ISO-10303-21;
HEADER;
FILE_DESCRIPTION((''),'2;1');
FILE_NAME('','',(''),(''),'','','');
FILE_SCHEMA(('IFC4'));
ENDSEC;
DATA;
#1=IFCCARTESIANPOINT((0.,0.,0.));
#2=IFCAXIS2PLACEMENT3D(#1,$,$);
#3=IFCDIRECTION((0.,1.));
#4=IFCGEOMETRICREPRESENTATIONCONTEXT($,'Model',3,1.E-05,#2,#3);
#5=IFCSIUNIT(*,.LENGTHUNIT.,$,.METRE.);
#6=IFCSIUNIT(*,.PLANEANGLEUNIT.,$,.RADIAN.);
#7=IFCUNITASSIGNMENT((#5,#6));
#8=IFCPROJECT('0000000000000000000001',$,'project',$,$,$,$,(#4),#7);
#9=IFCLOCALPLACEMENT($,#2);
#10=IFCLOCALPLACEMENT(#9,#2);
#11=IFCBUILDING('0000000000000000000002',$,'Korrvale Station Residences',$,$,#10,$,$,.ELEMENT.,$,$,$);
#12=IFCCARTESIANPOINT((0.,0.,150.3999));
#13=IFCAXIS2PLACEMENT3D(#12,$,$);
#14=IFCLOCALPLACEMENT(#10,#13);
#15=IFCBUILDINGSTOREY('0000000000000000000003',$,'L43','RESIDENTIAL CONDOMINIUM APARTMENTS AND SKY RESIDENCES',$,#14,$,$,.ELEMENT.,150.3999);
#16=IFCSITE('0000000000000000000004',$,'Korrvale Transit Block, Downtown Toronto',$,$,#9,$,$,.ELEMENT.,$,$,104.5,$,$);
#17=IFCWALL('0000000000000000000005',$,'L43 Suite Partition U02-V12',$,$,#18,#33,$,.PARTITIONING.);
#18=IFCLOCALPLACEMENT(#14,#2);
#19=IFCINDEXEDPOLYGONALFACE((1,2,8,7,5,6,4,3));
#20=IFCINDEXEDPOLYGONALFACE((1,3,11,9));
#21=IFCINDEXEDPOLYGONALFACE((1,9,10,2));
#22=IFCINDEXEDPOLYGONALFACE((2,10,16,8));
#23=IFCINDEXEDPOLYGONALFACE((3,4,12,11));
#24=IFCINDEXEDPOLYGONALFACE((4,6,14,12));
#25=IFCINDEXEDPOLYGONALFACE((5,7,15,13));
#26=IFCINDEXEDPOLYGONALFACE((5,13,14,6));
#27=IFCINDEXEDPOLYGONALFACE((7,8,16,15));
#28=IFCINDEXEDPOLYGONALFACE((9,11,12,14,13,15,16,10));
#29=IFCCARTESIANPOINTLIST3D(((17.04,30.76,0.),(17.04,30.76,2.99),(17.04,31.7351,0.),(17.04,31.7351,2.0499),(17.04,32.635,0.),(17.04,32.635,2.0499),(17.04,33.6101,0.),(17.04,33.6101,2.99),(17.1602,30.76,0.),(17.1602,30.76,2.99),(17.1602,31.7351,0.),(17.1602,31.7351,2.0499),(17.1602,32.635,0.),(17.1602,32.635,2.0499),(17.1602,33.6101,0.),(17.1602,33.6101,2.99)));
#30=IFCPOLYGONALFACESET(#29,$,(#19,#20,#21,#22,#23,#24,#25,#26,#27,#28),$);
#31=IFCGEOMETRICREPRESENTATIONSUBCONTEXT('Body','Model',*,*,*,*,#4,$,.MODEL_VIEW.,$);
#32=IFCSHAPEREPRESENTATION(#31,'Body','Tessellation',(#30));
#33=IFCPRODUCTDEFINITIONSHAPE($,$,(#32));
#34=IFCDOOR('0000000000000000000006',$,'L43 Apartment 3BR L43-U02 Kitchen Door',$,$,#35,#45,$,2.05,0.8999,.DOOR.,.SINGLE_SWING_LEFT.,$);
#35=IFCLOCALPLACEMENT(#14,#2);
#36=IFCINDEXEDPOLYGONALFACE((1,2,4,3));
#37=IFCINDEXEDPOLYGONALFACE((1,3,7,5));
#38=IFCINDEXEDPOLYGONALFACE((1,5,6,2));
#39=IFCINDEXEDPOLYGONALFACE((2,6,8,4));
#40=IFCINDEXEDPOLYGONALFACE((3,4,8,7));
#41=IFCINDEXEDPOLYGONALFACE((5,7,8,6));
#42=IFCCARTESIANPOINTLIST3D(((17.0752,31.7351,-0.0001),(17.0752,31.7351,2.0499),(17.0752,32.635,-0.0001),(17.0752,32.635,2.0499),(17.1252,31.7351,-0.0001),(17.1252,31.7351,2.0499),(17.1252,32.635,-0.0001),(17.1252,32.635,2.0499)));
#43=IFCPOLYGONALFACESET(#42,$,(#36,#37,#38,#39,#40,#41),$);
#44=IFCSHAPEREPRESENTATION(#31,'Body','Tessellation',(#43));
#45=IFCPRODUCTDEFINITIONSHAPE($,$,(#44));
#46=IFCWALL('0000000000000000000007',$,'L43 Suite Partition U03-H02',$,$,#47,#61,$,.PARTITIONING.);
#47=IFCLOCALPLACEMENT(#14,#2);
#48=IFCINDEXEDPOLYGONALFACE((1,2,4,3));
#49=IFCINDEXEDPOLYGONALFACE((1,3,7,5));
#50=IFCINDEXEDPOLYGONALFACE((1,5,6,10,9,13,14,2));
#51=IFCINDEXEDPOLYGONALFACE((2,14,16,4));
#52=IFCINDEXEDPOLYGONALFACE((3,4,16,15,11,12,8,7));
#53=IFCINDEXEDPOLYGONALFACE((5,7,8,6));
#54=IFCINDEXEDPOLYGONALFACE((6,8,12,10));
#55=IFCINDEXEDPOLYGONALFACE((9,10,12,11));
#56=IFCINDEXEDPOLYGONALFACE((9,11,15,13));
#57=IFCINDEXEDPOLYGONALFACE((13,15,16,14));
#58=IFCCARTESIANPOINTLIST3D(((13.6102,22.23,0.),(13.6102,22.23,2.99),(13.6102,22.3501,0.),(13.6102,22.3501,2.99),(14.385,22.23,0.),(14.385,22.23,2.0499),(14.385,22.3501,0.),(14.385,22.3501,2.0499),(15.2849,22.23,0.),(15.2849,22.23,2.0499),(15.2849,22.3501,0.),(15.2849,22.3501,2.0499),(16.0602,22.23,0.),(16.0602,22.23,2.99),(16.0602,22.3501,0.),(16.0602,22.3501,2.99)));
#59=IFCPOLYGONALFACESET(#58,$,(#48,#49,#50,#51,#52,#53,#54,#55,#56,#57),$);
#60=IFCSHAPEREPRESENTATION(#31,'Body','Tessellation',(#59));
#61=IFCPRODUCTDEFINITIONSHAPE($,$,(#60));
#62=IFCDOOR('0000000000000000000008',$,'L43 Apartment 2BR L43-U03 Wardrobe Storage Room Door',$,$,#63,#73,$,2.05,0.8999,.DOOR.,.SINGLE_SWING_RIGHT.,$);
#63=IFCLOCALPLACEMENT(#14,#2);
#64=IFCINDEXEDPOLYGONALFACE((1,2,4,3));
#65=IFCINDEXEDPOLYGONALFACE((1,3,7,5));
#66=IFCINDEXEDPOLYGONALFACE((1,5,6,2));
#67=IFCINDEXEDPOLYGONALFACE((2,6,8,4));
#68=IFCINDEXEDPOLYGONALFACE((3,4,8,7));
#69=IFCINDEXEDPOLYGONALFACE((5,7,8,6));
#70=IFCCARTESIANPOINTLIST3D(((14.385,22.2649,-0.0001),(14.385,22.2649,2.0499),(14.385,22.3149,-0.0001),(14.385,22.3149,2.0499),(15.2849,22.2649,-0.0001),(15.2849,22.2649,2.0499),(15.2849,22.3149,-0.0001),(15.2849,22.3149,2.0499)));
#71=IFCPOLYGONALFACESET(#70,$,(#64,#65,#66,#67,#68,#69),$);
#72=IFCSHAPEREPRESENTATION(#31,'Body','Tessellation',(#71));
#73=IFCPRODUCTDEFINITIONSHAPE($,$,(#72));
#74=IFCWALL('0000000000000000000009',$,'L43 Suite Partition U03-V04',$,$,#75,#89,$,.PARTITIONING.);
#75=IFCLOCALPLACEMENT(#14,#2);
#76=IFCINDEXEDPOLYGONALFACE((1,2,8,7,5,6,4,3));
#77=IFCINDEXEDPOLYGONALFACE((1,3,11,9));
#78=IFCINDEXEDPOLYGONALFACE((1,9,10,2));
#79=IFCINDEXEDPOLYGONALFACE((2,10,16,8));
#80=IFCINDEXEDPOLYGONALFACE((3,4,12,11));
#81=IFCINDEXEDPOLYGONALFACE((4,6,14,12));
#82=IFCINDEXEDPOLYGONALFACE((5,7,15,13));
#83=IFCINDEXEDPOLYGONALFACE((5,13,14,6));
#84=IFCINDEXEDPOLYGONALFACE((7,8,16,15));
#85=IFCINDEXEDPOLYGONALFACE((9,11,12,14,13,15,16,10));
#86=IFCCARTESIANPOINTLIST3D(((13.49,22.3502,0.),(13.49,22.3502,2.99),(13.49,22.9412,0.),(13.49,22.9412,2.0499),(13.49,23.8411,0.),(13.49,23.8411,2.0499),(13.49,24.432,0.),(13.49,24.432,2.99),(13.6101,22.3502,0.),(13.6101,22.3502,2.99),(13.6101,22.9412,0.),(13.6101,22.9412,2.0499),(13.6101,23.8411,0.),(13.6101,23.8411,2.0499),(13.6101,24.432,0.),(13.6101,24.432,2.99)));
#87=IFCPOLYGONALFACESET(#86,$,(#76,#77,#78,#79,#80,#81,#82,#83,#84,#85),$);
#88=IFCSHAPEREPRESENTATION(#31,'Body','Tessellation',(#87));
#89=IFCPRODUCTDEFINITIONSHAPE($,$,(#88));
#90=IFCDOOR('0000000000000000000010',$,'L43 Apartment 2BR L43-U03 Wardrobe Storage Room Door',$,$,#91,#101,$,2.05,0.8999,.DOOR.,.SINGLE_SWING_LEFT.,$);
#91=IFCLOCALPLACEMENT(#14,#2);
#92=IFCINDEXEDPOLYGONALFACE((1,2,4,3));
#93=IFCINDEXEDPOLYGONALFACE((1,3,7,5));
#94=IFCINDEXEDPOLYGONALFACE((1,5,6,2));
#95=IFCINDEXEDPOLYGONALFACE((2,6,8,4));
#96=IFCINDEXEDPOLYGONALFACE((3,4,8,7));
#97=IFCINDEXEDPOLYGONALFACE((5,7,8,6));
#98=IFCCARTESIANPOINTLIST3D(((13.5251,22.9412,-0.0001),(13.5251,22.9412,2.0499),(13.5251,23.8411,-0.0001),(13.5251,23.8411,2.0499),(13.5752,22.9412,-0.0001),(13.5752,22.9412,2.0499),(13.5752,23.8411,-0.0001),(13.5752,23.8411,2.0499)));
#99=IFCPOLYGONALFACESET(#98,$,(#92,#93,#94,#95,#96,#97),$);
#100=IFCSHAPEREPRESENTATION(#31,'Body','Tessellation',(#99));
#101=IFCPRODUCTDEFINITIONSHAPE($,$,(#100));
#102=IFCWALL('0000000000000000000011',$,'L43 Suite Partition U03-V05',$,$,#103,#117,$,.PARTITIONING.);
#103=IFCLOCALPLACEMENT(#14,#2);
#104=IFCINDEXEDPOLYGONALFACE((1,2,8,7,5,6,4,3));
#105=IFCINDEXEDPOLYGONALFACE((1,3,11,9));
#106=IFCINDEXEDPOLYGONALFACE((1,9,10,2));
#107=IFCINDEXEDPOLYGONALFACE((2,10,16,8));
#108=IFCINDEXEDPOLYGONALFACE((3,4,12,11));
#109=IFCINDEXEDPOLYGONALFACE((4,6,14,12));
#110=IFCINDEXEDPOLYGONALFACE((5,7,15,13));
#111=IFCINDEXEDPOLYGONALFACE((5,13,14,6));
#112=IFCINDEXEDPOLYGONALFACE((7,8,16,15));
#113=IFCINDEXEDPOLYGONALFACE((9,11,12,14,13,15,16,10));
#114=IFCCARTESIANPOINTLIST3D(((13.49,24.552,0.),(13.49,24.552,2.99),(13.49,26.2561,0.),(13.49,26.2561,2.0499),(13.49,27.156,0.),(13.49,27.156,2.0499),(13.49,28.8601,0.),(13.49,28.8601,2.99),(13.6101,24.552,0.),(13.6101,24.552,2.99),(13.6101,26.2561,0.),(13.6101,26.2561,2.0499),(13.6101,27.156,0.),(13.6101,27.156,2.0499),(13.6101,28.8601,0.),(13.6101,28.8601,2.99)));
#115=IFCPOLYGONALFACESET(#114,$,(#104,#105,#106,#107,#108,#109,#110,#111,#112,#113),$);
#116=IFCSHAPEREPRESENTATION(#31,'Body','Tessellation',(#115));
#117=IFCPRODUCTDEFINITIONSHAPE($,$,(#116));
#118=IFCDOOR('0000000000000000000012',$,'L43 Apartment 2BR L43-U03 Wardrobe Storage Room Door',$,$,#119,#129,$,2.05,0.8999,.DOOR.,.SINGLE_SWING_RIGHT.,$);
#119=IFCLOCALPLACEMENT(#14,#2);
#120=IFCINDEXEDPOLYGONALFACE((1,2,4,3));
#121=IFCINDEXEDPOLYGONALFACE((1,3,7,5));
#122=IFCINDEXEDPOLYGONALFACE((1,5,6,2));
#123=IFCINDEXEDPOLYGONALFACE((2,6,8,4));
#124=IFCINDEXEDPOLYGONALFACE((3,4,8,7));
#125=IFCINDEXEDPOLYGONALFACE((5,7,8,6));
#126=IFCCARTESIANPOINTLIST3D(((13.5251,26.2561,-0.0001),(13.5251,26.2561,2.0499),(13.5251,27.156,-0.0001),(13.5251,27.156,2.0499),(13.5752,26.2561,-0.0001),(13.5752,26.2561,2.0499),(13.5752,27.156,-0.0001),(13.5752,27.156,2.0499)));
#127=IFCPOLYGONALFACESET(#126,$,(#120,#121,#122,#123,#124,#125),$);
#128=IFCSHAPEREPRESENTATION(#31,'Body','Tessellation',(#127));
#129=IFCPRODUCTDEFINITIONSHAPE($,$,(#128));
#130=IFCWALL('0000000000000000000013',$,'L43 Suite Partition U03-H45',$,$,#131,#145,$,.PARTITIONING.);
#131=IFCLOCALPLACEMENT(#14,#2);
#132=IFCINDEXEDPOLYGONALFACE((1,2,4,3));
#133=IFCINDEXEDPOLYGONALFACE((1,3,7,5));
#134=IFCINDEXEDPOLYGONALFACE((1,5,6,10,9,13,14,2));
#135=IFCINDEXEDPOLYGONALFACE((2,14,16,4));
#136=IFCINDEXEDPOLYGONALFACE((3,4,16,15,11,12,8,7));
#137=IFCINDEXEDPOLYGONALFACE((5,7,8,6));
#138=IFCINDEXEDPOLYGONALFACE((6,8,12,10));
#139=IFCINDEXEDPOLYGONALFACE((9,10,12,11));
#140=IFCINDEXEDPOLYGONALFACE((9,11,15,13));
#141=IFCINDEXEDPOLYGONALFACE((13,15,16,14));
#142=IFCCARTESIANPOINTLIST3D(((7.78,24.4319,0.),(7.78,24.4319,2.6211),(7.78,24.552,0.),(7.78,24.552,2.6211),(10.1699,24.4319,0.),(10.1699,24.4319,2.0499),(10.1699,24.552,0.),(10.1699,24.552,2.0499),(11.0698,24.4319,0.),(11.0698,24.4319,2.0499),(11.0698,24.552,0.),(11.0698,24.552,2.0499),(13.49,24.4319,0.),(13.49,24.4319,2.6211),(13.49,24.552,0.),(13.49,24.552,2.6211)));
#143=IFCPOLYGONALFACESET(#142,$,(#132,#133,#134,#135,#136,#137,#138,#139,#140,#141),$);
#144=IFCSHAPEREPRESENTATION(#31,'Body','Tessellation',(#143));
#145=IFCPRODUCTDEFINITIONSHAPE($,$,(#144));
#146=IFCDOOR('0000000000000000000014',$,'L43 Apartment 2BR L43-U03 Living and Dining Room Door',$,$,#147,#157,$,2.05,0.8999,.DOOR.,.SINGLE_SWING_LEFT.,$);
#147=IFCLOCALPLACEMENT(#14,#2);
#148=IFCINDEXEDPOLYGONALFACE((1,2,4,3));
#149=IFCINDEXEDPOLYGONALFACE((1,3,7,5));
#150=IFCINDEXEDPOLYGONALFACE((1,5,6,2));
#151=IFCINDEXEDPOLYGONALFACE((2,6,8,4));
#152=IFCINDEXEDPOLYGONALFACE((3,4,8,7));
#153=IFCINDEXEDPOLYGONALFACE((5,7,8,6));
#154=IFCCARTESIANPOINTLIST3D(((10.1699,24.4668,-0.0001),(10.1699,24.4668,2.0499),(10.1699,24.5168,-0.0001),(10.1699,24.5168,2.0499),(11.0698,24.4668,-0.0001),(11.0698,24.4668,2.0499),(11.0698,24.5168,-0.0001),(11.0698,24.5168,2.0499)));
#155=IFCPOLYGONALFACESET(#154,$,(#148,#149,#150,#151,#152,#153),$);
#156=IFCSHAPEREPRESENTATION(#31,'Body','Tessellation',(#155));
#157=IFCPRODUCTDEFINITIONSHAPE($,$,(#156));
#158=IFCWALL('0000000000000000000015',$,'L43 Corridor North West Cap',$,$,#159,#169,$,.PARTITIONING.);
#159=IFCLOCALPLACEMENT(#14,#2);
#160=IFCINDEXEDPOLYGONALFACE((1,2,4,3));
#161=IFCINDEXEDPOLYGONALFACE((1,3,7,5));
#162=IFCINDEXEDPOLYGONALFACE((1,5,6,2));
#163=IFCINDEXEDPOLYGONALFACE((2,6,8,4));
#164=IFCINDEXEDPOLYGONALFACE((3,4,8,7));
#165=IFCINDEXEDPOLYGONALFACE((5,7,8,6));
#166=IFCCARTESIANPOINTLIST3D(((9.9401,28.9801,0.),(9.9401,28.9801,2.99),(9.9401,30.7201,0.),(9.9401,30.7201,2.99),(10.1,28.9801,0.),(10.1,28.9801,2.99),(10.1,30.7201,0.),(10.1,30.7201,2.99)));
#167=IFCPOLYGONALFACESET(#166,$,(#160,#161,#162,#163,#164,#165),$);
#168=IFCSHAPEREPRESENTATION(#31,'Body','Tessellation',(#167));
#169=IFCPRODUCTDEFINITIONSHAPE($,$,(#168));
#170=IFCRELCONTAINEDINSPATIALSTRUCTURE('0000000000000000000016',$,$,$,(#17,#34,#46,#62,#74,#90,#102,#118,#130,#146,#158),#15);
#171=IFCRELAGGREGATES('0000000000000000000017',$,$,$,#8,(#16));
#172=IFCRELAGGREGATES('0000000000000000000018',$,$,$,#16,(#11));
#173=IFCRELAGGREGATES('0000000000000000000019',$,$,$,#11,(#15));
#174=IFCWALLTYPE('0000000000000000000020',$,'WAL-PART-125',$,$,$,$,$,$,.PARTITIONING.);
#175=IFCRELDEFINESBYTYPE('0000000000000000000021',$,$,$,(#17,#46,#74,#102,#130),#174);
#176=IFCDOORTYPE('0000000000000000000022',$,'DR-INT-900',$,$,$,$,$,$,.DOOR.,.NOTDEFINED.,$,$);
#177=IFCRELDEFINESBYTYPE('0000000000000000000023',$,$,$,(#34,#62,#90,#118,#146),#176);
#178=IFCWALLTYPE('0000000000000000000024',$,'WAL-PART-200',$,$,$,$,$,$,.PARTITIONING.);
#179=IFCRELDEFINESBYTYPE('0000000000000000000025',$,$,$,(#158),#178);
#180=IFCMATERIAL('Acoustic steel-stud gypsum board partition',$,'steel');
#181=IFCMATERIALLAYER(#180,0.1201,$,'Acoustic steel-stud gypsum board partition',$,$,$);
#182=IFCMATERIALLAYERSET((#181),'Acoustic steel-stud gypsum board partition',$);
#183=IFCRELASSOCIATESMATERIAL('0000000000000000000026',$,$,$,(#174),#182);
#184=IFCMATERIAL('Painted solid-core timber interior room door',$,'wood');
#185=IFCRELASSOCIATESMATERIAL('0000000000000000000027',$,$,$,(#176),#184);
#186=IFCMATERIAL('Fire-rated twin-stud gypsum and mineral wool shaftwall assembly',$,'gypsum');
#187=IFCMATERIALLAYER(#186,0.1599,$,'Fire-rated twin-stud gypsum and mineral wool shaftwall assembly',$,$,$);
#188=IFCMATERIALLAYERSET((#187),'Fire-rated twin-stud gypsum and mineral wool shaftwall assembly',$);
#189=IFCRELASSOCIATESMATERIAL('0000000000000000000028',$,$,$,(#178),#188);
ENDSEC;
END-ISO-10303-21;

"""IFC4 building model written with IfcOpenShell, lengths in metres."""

from ifc_helpers import new_model, si_unit, direction, frame, frame_2d, origin, place, context, subcontext, project, spatial, rectangle, extrude, material, layer, layer_set, type_object, element, fill, save


model = new_model("IFC4")

# Units and contexts
model_context = context("Model", 3, precision=1e-05, world=origin(), true_north=direction((0.0, 1.0)))
body_context = subcontext(model_context, "Body", "Model", "MODEL_VIEW")
ifc_project = project(units=[si_unit("LENGTHUNIT", "METRE"), si_unit("PLANEANGLEUNIT", "RADIAN")], contexts=[model_context])

# Site, building, storey
site_placement = place(None, origin())
site = spatial("IfcSite", under=ifc_project, at=site_placement, Name="Korrvale Transit Block, Downtown Toronto", CompositionType="ELEMENT", RefElevation=104.5)
building_placement = place(site_placement, origin())
building = spatial("IfcBuilding", under=site, at=building_placement, Name="Korrvale Station Residences", CompositionType="ELEMENT")
storey_placement = place(building_placement, frame((0.0, 0.0, 150.3999)))
storey = spatial("IfcBuildingStorey", under=building, at=storey_placement, Name="L43", Description="RESIDENTIAL CONDOMINIUM APARTMENTS AND SKY RESIDENCES", CompositionType="ELEMENT", Elevation=150.3999)

# Walls, openings, doors
ifc_material_1 = material(Name="Acoustic steel-stud gypsum board partition", Category="steel")
ifc_layer_1 = layer(ifc_material_1, 0.1201, Name="Acoustic steel-stud gypsum board partition")
ifc_layer_set_1 = layer_set([ifc_layer_1], Name="Acoustic steel-stud gypsum board partition")
wall_type_1 = type_object("IfcWallType", Name="WAL-PART-125", PredefinedType="PARTITIONING", material=ifc_layer_set_1)
wall_1_placement = place(storey_placement, frame((17.1001, 30.76, 0.0), z_axis=(0.0, 0.0, 1.0), x_axis=(0.0, 1.0, 0.0)))
wall_1 = element("IfcWall", 1, at=wall_1_placement, inside=storey, type_object=wall_type_1, Name="L43 Suite Partition U02-V12", PredefinedType="PARTITIONING", context=body_context, shape_type="SweptSolid", body=[
    extrude(rectangle(XDim=2.8501, YDim=0.1201, at=frame_2d((1.425, 0.0))), origin(), (0.0, 0.0, 1.0), 2.99),
])
opening_1_placement = place(wall_1_placement, frame((0.9751, 0.0, 0.0)))
opening_1 = element("IfcOpeningElement", 2, at=opening_1_placement, cuts=wall_1, PredefinedType="OPENING", context=body_context, shape_type="SweptSolid", body=[
    extrude(rectangle(XDim=0.8999, YDim=2.05, at=frame_2d((0.45, 1.0249))), frame((0.0, 0.0701, 0.0), z_axis=(0.0, -1.0, 0.0), x_axis=(1.0, 0.0, 0.0)), (0.0, 0.0, 1.0), 0.1401),
])
ifc_material_2 = material(Name="Painted solid-core timber interior room door", Category="wood")
door_type_1 = type_object("IfcDoorType", Name="DR-INT-900", OperationType="NOTDEFINED", PredefinedType="DOOR", material=ifc_material_2)
door_1_placement = place(opening_1_placement, origin())
door_1 = element("IfcDoor", 3, at=door_1_placement, inside=storey, type_object=door_type_1, Name="L43 Apartment 3BR L43-U02 Kitchen Door", OperationType="SINGLE_SWING_LEFT", OverallHeight=2.05, OverallWidth=0.8999, PredefinedType="DOOR", context=body_context, shape_type="SweptSolid", body=[
    extrude(rectangle(XDim=0.8999, YDim=2.05, at=frame_2d((0.45, 1.0249))), frame((0.0, 0.0249, 0.0), z_axis=(0.0, -1.0, 0.0), x_axis=(1.0, 0.0, 0.0)), (0.0, 0.0, 1.0), 0.05),
])
fill(opening_1, door_1)
wall_2_placement = place(storey_placement, frame((13.6101, 22.29, 0.0), z_axis=(0.0, 0.0, 1.0), x_axis=(1.0, 0.0, 0.0)))
wall_2 = element("IfcWall", 4, at=wall_2_placement, inside=storey, type_object=wall_type_1, Name="L43 Suite Partition U03-H02", PredefinedType="PARTITIONING", context=body_context, shape_type="SweptSolid", body=[
    extrude(rectangle(XDim=2.45, YDim=0.1201, at=frame_2d((1.2251, 0.0))), origin(), (0.0, 0.0, 1.0), 2.99),
])
opening_2_placement = place(wall_2_placement, frame((0.7749, 0.0, 0.0)))
opening_2 = element("IfcOpeningElement", 5, at=opening_2_placement, cuts=wall_2, PredefinedType="OPENING", context=body_context, shape_type="SweptSolid", body=[
    extrude(rectangle(XDim=0.8999, YDim=2.05, at=frame_2d((0.45, 1.0249))), frame((0.0, 0.0701, 0.0), z_axis=(0.0, -1.0, 0.0), x_axis=(1.0, 0.0, 0.0)), (0.0, 0.0, 1.0), 0.1401),
])
door_2_placement = place(opening_2_placement, origin())
door_2 = element("IfcDoor", 6, at=door_2_placement, inside=storey, type_object=door_type_1, Name="L43 Apartment 2BR L43-U03 Wardrobe Storage Room Door", OperationType="SINGLE_SWING_RIGHT", OverallHeight=2.05, OverallWidth=0.8999, PredefinedType="DOOR", context=body_context, shape_type="SweptSolid", body=[
    extrude(rectangle(XDim=0.8999, YDim=2.05, at=frame_2d((0.45, 1.0249))), frame((0.0, 0.0249, 0.0), z_axis=(0.0, -1.0, 0.0), x_axis=(1.0, 0.0, 0.0)), (0.0, 0.0, 1.0), 0.05),
])
fill(opening_2, door_2)
wall_3_placement = place(storey_placement, frame((13.55, 22.3501, 0.0), z_axis=(0.0, 0.0, 1.0), x_axis=(0.0, 1.0, 0.0)))
wall_3 = element("IfcWall", 7, at=wall_3_placement, inside=storey, type_object=wall_type_1, Name="L43 Suite Partition U03-V04", PredefinedType="PARTITIONING", context=body_context, shape_type="SweptSolid", body=[
    extrude(rectangle(XDim=2.0818, YDim=0.1201, at=frame_2d((1.041, 0.0))), origin(), (0.0, 0.0, 1.0), 2.99),
])
opening_3_placement = place(wall_3_placement, frame((0.5911, 0.0, 0.0)))
opening_3 = element("IfcOpeningElement", 8, at=opening_3_placement, cuts=wall_3, PredefinedType="OPENING", context=body_context, shape_type="SweptSolid", body=[
    extrude(rectangle(XDim=0.8999, YDim=2.05, at=frame_2d((0.45, 1.0249))), frame((0.0, 0.0701, 0.0), z_axis=(0.0, -1.0, 0.0), x_axis=(1.0, 0.0, 0.0)), (0.0, 0.0, 1.0), 0.1401),
])
door_3_placement = place(opening_3_placement, origin())
door_3 = element("IfcDoor", 9, at=door_3_placement, inside=storey, type_object=door_type_1, Name="L43 Apartment 2BR L43-U03 Wardrobe Storage Room Door", OperationType="SINGLE_SWING_LEFT", OverallHeight=2.05, OverallWidth=0.8999, PredefinedType="DOOR", context=body_context, shape_type="SweptSolid", body=[
    extrude(rectangle(XDim=0.8999, YDim=2.05, at=frame_2d((0.45, 1.0249))), frame((0.0, 0.0249, 0.0), z_axis=(0.0, -1.0, 0.0), x_axis=(1.0, 0.0, 0.0)), (0.0, 0.0, 1.0), 0.05),
])
fill(opening_3, door_3)
wall_4_placement = place(storey_placement, frame((13.55, 24.552, 0.0), z_axis=(0.0, 0.0, 1.0), x_axis=(0.0, 1.0, 0.0)))
wall_4 = element("IfcWall", 10, at=wall_4_placement, inside=storey, type_object=wall_type_1, Name="L43 Suite Partition U03-V05", PredefinedType="PARTITIONING", context=body_context, shape_type="SweptSolid", body=[
    extrude(rectangle(XDim=4.3081, YDim=0.1201, at=frame_2d((2.1541, 0.0))), origin(), (0.0, 0.0, 1.0), 2.99),
])
opening_4_placement = place(wall_4_placement, frame((1.7041, 0.0, 0.0)))
opening_4 = element("IfcOpeningElement", 11, at=opening_4_placement, cuts=wall_4, PredefinedType="OPENING", context=body_context, shape_type="SweptSolid", body=[
    extrude(rectangle(XDim=0.8999, YDim=2.05, at=frame_2d((0.45, 1.0249))), frame((0.0, 0.0701, 0.0), z_axis=(0.0, -1.0, 0.0), x_axis=(1.0, 0.0, 0.0)), (0.0, 0.0, 1.0), 0.1401),
])
door_4_placement = place(opening_4_placement, origin())
door_4 = element("IfcDoor", 12, at=door_4_placement, inside=storey, type_object=door_type_1, Name="L43 Apartment 2BR L43-U03 Wardrobe Storage Room Door", OperationType="SINGLE_SWING_RIGHT", OverallHeight=2.05, OverallWidth=0.8999, PredefinedType="DOOR", context=body_context, shape_type="SweptSolid", body=[
    extrude(rectangle(XDim=0.8999, YDim=2.05, at=frame_2d((0.45, 1.0249))), frame((0.0, 0.0249, 0.0), z_axis=(0.0, -1.0, 0.0), x_axis=(1.0, 0.0, 0.0)), (0.0, 0.0, 1.0), 0.05),
])
fill(opening_4, door_4)
wall_5_placement = place(storey_placement, frame((7.78, 24.4919, 0.0), z_axis=(0.0, 0.0, 1.0), x_axis=(1.0, 0.0, 0.0)))
wall_5 = element("IfcWall", 13, at=wall_5_placement, inside=storey, type_object=wall_type_1, Name="L43 Suite Partition U03-H45", PredefinedType="PARTITIONING", context=body_context, shape_type="SweptSolid", body=[
    extrude(rectangle(XDim=5.71, YDim=0.1201, at=frame_2d((2.855, 0.0))), origin(), (0.0, 0.0, 1.0), 2.6211),
])
opening_5_placement = place(wall_5_placement, frame((2.3899, 0.0, 0.0)))
opening_5 = element("IfcOpeningElement", 14, at=opening_5_placement, cuts=wall_5, PredefinedType="OPENING", context=body_context, shape_type="SweptSolid", body=[
    extrude(rectangle(XDim=0.8999, YDim=2.05, at=frame_2d((0.45, 1.0249))), frame((0.0, 0.0701, 0.0), z_axis=(0.0, -1.0, 0.0), x_axis=(1.0, 0.0, 0.0)), (0.0, 0.0, 1.0), 0.1401),
])
door_5_placement = place(opening_5_placement, origin())
door_5 = element("IfcDoor", 15, at=door_5_placement, inside=storey, type_object=door_type_1, Name="L43 Apartment 2BR L43-U03 Living and Dining Room Door", OperationType="SINGLE_SWING_LEFT", OverallHeight=2.05, OverallWidth=0.8999, PredefinedType="DOOR", context=body_context, shape_type="SweptSolid", body=[
    extrude(rectangle(XDim=0.8999, YDim=2.05, at=frame_2d((0.45, 1.0249))), frame((0.0, 0.0249, 0.0), z_axis=(0.0, -1.0, 0.0), x_axis=(1.0, 0.0, 0.0)), (0.0, 0.0, 1.0), 0.05),
])
fill(opening_5, door_5)

# Wall
ifc_material_3 = material(Name="Fire-rated twin-stud gypsum and mineral wool shaftwall assembly", Category="gypsum")
ifc_layer_2 = layer(ifc_material_3, 0.1599, Name="Fire-rated twin-stud gypsum and mineral wool shaftwall assembly")
ifc_layer_set_2 = layer_set([ifc_layer_2], Name="Fire-rated twin-stud gypsum and mineral wool shaftwall assembly")
wall_type_2 = type_object("IfcWallType", Name="WAL-PART-200", PredefinedType="PARTITIONING", material=ifc_layer_set_2)
wall_6_placement = place(storey_placement, frame((10.02, 28.98, 0.0), z_axis=(0.0, 0.0, 1.0), x_axis=(0.0, 1.0, 0.0)))
element("IfcWall", 16, at=wall_6_placement, inside=storey, type_object=wall_type_2, Name="L43 Corridor North West Cap", PredefinedType="PARTITIONING", context=body_context, shape_type="SweptSolid", body=[
    extrude(rectangle(XDim=1.74, YDim=0.1599, at=frame_2d((0.8701, 0.0))), origin(), (0.0, 0.0, 1.0), 2.99),
])

save(model, "model.ifc")
